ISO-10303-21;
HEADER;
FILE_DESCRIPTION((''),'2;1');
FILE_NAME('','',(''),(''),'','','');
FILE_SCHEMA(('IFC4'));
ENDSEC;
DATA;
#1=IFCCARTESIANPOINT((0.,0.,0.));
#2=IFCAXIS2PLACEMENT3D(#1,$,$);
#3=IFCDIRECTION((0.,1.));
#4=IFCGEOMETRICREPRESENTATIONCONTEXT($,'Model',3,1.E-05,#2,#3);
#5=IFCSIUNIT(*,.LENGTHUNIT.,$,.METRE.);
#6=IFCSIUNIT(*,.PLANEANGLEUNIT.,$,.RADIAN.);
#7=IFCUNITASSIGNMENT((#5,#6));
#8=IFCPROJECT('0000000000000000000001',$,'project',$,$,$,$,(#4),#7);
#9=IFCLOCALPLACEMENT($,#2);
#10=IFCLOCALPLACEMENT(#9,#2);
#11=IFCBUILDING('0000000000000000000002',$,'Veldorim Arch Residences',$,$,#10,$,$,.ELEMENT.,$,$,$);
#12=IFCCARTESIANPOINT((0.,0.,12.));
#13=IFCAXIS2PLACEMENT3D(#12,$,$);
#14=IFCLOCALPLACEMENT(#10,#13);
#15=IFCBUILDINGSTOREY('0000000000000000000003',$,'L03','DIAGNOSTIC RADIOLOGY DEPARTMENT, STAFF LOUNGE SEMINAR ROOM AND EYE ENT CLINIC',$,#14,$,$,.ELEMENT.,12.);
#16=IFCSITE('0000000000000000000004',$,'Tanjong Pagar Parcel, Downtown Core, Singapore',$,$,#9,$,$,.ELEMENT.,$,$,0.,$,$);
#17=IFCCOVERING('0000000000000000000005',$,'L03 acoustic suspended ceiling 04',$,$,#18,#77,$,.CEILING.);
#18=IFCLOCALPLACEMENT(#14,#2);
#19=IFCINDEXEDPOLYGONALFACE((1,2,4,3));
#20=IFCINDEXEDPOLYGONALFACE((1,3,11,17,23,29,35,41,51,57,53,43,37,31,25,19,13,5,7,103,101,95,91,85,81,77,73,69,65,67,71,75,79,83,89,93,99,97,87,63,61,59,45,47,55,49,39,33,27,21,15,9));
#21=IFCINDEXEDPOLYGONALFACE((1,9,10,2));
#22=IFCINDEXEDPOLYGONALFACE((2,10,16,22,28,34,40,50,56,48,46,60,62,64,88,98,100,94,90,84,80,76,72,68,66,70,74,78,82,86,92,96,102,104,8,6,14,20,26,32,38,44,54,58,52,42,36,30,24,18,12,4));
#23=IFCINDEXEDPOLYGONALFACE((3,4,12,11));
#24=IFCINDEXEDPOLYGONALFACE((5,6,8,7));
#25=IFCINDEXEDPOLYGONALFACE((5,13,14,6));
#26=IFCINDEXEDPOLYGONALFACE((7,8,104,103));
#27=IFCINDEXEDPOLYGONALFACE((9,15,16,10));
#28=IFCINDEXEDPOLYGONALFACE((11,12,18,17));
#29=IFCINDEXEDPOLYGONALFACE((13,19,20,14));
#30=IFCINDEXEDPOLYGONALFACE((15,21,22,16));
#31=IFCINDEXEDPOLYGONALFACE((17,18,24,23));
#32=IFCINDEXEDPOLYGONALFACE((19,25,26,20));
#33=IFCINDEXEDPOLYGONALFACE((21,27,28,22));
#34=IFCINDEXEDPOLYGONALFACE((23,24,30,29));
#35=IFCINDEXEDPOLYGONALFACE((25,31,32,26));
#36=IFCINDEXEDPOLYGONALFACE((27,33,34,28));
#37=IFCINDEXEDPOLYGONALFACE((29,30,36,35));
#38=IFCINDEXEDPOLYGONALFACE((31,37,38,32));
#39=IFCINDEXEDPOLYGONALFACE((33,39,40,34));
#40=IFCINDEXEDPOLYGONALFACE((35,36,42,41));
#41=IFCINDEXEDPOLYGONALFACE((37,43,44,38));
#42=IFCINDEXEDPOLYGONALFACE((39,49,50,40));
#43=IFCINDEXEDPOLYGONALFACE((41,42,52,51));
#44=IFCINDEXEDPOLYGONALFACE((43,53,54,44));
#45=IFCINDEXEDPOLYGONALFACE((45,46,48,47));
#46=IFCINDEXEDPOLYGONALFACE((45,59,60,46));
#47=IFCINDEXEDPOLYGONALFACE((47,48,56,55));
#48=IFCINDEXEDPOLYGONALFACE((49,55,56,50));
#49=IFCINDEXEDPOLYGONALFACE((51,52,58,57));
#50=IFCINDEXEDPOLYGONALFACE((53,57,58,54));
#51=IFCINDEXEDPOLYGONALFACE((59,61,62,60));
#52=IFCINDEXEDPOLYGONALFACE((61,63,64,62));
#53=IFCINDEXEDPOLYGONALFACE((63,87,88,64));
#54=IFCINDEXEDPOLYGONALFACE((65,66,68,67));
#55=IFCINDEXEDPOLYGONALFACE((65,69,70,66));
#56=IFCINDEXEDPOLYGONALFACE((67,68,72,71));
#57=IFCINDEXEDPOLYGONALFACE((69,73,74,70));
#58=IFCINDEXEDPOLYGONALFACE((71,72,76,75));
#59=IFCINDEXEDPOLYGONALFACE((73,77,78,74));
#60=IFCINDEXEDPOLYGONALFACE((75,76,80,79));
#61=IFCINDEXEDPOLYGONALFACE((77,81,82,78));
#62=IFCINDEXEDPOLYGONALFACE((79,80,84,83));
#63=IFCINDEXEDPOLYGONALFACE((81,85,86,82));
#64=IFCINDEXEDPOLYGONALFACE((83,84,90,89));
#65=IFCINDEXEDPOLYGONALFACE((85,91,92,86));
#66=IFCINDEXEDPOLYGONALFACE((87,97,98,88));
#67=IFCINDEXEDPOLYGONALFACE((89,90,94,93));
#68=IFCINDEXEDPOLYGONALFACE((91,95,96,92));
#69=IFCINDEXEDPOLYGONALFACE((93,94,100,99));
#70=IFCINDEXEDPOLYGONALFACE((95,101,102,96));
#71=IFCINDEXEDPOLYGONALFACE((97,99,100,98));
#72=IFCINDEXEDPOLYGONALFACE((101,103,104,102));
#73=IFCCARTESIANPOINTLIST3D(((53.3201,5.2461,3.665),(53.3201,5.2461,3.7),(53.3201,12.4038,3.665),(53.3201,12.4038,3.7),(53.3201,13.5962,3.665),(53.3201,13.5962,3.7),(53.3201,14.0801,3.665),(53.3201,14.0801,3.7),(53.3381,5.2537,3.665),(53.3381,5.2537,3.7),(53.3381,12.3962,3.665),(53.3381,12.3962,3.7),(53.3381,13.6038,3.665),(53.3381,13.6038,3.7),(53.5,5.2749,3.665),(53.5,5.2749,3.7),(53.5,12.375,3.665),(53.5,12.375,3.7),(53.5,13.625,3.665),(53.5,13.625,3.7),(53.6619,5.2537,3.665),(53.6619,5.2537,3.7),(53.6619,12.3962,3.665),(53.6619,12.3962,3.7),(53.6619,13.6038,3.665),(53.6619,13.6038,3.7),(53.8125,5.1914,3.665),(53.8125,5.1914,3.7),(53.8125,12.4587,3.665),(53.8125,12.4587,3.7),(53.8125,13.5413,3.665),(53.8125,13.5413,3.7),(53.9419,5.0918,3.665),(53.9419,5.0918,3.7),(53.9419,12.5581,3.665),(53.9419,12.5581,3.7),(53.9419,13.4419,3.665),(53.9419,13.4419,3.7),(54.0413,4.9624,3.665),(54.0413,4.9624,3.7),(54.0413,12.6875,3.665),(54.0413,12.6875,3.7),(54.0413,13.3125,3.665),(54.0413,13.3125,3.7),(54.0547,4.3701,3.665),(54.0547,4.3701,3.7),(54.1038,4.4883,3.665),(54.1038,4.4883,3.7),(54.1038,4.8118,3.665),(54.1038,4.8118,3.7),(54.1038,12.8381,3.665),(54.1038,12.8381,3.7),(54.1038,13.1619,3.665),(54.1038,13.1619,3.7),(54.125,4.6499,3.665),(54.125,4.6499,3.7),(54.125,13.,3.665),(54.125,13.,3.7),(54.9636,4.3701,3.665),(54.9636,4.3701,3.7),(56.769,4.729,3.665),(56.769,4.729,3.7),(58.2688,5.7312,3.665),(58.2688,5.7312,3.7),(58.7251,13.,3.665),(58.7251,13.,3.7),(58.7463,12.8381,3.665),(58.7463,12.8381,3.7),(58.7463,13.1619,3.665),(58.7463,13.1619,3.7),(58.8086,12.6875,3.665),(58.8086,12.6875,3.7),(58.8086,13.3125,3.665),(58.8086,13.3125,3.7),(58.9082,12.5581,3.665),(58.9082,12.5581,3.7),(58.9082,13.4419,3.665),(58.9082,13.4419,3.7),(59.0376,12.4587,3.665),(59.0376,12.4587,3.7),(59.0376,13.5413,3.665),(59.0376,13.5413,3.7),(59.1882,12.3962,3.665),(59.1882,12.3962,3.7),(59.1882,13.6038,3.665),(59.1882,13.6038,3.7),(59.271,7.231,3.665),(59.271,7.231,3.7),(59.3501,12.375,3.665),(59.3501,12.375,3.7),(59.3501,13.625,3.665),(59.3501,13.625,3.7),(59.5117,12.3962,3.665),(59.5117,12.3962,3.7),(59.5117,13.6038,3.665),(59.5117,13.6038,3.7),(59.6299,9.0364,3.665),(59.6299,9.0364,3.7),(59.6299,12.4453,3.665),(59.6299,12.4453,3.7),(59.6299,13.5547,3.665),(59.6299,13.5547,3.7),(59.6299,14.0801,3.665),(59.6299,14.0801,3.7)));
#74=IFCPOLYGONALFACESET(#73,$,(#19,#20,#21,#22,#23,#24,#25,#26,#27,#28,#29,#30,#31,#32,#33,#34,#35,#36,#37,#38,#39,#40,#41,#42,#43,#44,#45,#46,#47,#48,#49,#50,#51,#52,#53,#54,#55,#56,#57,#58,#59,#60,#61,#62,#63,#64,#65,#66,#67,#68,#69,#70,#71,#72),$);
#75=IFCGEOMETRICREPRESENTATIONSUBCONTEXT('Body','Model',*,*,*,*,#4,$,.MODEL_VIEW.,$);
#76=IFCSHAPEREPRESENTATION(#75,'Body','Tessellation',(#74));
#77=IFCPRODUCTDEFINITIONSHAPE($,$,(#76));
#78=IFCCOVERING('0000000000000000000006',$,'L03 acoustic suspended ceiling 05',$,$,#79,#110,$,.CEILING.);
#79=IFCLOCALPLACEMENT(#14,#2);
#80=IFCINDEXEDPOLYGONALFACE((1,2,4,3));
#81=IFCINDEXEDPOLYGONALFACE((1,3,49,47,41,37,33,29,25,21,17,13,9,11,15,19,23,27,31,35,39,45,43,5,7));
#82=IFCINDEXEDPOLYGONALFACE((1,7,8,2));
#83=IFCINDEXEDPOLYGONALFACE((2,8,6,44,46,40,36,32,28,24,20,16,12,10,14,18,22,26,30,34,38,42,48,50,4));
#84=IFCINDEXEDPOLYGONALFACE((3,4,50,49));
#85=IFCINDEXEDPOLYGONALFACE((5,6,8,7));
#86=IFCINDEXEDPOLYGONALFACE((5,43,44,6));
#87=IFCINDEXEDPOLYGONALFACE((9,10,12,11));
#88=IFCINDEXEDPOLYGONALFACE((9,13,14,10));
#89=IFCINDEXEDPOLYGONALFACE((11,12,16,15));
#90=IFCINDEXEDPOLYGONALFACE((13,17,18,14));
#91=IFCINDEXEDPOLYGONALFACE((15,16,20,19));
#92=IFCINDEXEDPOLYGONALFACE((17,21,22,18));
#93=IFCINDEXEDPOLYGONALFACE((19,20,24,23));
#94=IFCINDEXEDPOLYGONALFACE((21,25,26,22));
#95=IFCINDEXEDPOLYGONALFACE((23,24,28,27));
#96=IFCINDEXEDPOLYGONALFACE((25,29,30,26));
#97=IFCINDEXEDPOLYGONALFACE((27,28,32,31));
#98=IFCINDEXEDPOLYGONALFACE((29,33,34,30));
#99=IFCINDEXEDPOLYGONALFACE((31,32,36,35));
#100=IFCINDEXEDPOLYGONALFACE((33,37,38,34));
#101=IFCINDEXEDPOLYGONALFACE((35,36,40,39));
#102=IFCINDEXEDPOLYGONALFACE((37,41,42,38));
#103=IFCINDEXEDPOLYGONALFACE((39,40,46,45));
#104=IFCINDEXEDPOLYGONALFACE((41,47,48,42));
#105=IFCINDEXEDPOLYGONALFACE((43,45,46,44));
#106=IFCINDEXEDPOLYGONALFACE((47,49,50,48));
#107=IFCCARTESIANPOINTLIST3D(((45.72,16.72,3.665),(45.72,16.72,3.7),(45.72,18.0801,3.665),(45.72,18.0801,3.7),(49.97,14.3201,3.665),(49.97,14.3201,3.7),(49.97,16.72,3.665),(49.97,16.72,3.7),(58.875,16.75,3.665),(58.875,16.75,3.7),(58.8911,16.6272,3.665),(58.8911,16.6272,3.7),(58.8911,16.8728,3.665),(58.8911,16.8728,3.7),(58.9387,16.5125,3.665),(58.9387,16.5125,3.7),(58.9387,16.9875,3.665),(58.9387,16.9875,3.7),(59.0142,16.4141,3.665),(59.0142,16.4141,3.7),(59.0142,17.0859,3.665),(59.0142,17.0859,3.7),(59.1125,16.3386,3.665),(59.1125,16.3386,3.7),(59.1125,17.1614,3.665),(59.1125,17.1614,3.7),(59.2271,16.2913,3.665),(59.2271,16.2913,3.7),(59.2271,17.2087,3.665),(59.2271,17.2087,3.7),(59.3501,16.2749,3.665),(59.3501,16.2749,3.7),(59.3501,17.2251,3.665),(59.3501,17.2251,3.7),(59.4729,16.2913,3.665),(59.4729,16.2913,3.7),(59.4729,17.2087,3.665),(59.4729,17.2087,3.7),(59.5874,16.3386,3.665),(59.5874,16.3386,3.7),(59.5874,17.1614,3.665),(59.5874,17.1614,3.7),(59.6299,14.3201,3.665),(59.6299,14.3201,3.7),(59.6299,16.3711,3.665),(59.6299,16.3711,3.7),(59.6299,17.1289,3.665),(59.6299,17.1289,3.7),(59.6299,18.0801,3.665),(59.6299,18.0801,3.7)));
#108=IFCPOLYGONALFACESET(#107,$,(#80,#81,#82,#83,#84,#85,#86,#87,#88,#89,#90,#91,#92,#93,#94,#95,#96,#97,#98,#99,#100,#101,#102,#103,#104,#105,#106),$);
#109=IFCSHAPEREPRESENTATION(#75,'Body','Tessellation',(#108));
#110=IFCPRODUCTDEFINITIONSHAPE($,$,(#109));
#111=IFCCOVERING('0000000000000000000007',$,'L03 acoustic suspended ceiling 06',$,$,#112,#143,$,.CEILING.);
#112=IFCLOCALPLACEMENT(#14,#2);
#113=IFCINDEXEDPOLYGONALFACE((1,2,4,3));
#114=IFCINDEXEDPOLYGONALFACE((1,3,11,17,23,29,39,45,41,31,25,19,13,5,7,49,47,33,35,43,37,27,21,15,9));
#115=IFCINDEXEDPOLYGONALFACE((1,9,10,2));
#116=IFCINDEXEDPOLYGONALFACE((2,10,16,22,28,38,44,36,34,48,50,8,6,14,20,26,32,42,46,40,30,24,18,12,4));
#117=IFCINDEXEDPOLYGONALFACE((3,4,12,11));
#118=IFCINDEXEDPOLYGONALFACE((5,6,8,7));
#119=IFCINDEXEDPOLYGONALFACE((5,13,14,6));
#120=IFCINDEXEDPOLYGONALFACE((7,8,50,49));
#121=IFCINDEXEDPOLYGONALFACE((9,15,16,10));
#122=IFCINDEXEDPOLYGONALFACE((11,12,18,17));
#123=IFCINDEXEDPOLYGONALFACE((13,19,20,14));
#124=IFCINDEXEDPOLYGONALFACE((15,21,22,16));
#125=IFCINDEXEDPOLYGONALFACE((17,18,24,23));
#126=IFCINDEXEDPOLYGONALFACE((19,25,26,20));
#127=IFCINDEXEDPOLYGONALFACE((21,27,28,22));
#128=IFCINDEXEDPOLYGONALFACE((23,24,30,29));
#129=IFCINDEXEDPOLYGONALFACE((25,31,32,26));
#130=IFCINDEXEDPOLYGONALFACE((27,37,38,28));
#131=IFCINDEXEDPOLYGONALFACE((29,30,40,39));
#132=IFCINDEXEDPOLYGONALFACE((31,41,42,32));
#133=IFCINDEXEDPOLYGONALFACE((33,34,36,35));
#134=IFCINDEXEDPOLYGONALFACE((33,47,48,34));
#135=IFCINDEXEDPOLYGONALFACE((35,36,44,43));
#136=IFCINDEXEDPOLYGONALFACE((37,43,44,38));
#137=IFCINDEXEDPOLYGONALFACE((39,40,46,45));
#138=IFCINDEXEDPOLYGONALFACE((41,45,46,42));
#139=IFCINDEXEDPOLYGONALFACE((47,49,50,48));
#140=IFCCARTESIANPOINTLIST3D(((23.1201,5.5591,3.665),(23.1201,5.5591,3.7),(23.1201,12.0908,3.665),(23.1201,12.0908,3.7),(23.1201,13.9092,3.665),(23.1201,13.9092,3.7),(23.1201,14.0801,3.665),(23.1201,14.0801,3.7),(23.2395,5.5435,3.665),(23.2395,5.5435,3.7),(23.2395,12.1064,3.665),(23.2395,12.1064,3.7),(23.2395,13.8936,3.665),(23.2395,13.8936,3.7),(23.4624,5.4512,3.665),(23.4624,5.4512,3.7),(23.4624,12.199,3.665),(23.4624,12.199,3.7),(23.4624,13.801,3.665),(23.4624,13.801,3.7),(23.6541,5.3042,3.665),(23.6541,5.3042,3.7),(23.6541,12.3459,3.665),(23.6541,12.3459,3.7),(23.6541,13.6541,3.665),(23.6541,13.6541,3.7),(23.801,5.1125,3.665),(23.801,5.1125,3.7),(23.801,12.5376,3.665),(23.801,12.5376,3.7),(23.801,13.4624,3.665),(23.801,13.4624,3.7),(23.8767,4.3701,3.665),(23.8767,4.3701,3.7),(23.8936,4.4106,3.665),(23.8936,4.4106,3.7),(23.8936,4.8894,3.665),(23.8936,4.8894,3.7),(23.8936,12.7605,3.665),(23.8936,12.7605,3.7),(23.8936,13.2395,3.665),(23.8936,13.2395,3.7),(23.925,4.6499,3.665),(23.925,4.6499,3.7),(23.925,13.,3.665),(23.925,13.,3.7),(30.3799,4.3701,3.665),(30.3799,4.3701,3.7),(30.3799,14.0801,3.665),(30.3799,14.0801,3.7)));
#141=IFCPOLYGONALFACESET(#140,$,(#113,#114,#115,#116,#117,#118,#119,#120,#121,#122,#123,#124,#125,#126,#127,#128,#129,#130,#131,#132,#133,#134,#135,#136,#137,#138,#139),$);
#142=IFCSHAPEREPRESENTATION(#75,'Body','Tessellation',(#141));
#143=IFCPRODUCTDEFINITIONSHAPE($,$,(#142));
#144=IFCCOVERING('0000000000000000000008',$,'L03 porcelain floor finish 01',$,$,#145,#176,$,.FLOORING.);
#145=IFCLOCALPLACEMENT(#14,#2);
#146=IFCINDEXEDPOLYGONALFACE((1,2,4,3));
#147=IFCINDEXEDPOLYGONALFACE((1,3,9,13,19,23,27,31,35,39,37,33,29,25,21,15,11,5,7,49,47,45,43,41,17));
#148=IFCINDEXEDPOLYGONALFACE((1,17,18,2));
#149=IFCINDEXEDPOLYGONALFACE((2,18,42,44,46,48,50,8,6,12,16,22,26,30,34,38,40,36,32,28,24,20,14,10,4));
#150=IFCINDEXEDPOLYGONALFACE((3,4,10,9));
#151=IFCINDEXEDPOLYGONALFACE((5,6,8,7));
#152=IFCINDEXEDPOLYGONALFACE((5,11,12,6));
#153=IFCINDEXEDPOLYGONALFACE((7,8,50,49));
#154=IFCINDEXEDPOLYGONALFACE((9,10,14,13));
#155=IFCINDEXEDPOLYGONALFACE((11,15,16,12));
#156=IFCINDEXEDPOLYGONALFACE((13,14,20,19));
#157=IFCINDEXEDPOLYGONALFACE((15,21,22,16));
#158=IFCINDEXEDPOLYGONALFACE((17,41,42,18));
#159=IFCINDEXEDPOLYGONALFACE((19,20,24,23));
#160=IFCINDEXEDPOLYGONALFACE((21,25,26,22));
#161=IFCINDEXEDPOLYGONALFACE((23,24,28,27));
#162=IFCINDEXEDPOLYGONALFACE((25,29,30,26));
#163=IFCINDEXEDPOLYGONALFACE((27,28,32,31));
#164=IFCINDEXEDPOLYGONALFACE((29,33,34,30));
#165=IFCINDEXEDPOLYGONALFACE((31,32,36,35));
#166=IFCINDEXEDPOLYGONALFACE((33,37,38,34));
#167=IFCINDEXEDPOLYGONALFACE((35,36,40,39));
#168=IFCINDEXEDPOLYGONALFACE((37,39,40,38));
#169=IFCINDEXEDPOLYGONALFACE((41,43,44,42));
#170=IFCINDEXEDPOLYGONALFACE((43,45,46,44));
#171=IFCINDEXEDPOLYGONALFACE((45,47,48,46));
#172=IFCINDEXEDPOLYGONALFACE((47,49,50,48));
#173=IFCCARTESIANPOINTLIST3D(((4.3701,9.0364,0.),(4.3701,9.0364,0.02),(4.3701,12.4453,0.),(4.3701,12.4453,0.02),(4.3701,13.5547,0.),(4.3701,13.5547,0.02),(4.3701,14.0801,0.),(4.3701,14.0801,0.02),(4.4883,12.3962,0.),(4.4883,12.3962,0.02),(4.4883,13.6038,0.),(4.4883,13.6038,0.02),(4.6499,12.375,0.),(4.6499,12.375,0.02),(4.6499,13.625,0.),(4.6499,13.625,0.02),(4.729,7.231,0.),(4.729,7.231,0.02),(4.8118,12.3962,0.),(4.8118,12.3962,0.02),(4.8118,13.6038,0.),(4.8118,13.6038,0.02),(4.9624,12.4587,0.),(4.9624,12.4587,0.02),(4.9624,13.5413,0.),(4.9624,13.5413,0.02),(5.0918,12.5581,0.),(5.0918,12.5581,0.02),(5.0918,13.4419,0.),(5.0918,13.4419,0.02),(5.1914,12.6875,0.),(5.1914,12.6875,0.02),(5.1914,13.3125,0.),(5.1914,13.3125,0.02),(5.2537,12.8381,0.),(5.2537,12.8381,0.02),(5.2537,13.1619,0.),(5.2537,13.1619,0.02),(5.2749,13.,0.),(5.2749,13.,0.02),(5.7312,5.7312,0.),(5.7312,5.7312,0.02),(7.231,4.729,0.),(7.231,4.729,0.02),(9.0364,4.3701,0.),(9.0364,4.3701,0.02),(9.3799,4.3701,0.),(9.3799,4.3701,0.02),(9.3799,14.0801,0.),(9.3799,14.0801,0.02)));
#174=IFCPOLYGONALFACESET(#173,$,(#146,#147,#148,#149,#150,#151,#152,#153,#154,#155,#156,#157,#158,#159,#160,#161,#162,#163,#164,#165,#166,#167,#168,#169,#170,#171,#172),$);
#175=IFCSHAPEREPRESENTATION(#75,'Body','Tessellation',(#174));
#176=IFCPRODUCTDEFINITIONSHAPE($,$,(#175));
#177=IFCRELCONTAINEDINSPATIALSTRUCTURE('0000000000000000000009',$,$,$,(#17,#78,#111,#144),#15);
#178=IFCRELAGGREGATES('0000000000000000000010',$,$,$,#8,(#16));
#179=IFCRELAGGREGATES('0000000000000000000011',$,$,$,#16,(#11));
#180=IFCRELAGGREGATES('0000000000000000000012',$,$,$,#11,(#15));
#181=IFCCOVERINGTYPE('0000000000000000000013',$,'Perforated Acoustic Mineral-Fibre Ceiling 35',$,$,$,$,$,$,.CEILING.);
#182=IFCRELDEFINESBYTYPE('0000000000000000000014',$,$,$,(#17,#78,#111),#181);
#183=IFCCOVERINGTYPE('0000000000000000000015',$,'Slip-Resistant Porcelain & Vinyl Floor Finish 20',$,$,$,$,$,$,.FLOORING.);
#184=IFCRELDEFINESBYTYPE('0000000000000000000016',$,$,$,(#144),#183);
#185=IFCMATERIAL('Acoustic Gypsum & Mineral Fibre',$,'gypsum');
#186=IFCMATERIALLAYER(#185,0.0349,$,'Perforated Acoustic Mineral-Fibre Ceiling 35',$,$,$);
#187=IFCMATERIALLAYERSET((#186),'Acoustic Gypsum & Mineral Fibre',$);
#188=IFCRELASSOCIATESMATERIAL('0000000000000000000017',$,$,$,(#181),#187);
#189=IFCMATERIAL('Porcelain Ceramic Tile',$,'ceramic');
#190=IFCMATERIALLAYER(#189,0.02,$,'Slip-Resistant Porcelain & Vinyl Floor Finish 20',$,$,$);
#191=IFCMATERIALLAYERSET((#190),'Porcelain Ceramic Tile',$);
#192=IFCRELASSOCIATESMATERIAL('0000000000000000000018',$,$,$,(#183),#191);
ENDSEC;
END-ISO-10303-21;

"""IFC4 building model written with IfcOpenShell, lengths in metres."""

from ifc_helpers import new_model, si_unit, direction, frame, origin, place, context, subcontext, project, spatial, polyline, outline, extrude, material, layer, layer_set, type_object, element, save


model = new_model("IFC4")

# Units and contexts
model_context = context("Model", 3, precision=1e-05, world=origin(), true_north=direction((0.0, 1.0)))
body_context = subcontext(model_context, "Body", "Model", "MODEL_VIEW")
ifc_project = project(units=[si_unit("LENGTHUNIT", "METRE"), si_unit("PLANEANGLEUNIT", "RADIAN")], contexts=[model_context])

# Site, building, storey
site_placement = place(None, origin())
site = spatial("IfcSite", under=ifc_project, at=site_placement, Name="Tanjong Pagar Parcel, Downtown Core, Singapore", CompositionType="ELEMENT", RefElevation=0.0)
building_placement = place(site_placement, origin())
building = spatial("IfcBuilding", under=site, at=building_placement, Name="Veldorim Arch Residences", CompositionType="ELEMENT")
storey_placement = place(building_placement, frame((0.0, 0.0, 12.0)))
storey = spatial("IfcBuildingStorey", under=building, at=storey_placement, Name="L03", Description="DIAGNOSTIC RADIOLOGY DEPARTMENT, STAFF LOUNGE SEMINAR ROOM AND EYE ENT CLINIC", CompositionType="ELEMENT", Elevation=12.0)

# Coverings
ifc_material_1 = material(Name="Acoustic Gypsum & Mineral Fibre", Category="gypsum")
ifc_layer_1 = layer(ifc_material_1, 0.0349, Name="Perforated Acoustic Mineral-Fibre Ceiling 35")
ifc_layer_set_1 = layer_set([ifc_layer_1], Name="Acoustic Gypsum & Mineral Fibre")
covering_type_1 = type_object("IfcCoveringType", Name="Perforated Acoustic Mineral-Fibre Ceiling 35", PredefinedType="CEILING", material=ifc_layer_set_1)
covering_1_placement = place(storey_placement, frame((0.0, 0.0, 3.665)))
element("IfcCovering", 1, at=covering_1_placement, inside=storey, type_object=covering_type_1, Name="L03 acoustic suspended ceiling 04", PredefinedType="CEILING", context=body_context, shape_type="SweptSolid", body=[
    extrude(outline(polyline([(58.2688, 5.7312), (56.769, 4.729), (54.9636, 4.3701), (54.0547, 4.3701), (54.1038, 4.4883), (54.125, 4.6499), (54.1038, 4.8118), (54.0413, 4.9624), (53.9419, 5.0918), (53.8125, 5.1914), (53.6619, 5.2537), (53.5, 5.2749), (53.3381, 5.2537), (53.3201, 5.2461), (53.3201, 12.4038), (53.3381, 12.3962), (53.5, 12.375), (53.6619, 12.3962), (53.8125, 12.4587), (53.9419, 12.5581), (54.0413, 12.6875), (54.1038, 12.8381), (54.125, 13.0), (54.1038, 13.1619), (54.0413, 13.3125), (53.9419, 13.4419), (53.8125, 13.5413), (53.6619, 13.6038), (53.5, 13.625), (53.3381, 13.6038), (53.3201, 13.5962), (53.3201, 14.0801), (59.6299, 14.0801), (59.6299, 13.5547), (59.5117, 13.6038), (59.3501, 13.625), (59.1882, 13.6038), (59.0376, 13.5413), (58.9082, 13.4419), (58.8086, 13.3125), (58.7463, 13.1619), (58.7251, 13.0), (58.7463, 12.8381), (58.8086, 12.6875), (58.9082, 12.5581), (59.0376, 12.4587), (59.1882, 12.3962), (59.3501, 12.375), (59.5117, 12.3962), (59.6299, 12.4453), (59.6299, 9.0364), (59.271, 7.231), (58.2688, 5.7312)])), origin(), (0.0, 0.0, 1.0), 0.0349),
])
covering_2_placement = place(storey_placement, frame((0.0, 0.0, 3.665)))
element("IfcCovering", 2, at=covering_2_placement, inside=storey, type_object=covering_type_1, Name="L03 acoustic suspended ceiling 05", PredefinedType="CEILING", context=body_context, shape_type="SweptSolid", body=[
    extrude(outline(polyline([(49.97, 16.72), (45.72, 16.72), (45.72, 18.0801), (59.6299, 18.0801), (59.6299, 17.1289), (59.5874, 17.1614), (59.4729, 17.2087), (59.3501, 17.2251), (59.2271, 17.2087), (59.1125, 17.1614), (59.0142, 17.0859), (58.9387, 16.9875), (58.8911, 16.8728), (58.875, 16.75), (58.8911, 16.6272), (58.9387, 16.5125), (59.0142, 16.4141), (59.1125, 16.3386), (59.2271, 16.2913), (59.3501, 16.2749), (59.4729, 16.2913), (59.5874, 16.3386), (59.6299, 16.3711), (59.6299, 14.3201), (49.97, 14.3201), (49.97, 16.72)])), origin(), (0.0, 0.0, 1.0), 0.0349),
])
covering_3_placement = place(storey_placement, frame((0.0, 0.0, 3.665)))
element("IfcCovering", 3, at=covering_3_placement, inside=storey, type_object=covering_type_1, Name="L03 acoustic suspended ceiling 06", PredefinedType="CEILING", context=body_context, shape_type="SweptSolid", body=[
    extrude(outline(polyline([(30.3799, 14.0801), (30.3799, 4.3701), (23.8767, 4.3701), (23.8936, 4.4106), (23.925, 4.6499), (23.8936, 4.8894), (23.801, 5.1125), (23.6541, 5.3042), (23.4624, 5.4512), (23.2395, 5.5435), (23.1201, 5.5591), (23.1201, 12.0908), (23.2395, 12.1064), (23.4624, 12.199), (23.6541, 12.3459), (23.801, 12.5376), (23.8936, 12.7605), (23.925, 13.0), (23.8936, 13.2395), (23.801, 13.4624), (23.6541, 13.6541), (23.4624, 13.801), (23.2395, 13.8936), (23.1201, 13.9092), (23.1201, 14.0801), (30.3799, 14.0801)])), origin(), (0.0, 0.0, 1.0), 0.0349),
])
ifc_material_2 = material(Name="Porcelain Ceramic Tile", Category="ceramic")
ifc_layer_2 = layer(ifc_material_2, 0.02, Name="Slip-Resistant Porcelain & Vinyl Floor Finish 20")
ifc_layer_set_2 = layer_set([ifc_layer_2], Name="Porcelain Ceramic Tile")
covering_type_2 = type_object("IfcCoveringType", Name="Slip-Resistant Porcelain & Vinyl Floor Finish 20", PredefinedType="FLOORING", material=ifc_layer_set_2)
covering_4_placement = place(storey_placement, origin())
element("IfcCovering", 4, at=covering_4_placement, inside=storey, type_object=covering_type_2, Name="L03 porcelain floor finish 01", PredefinedType="FLOORING", context=body_context, shape_type="SweptSolid", body=[
    extrude(outline(polyline([(4.3701, 9.0364), (4.3701, 12.4453), (4.4883, 12.3962), (4.6499, 12.375), (4.8118, 12.3962), (4.9624, 12.4587), (5.0918, 12.5581), (5.1914, 12.6875), (5.2537, 12.8381), (5.2749, 13.0), (5.2537, 13.1619), (5.1914, 13.3125), (5.0918, 13.4419), (4.9624, 13.5413), (4.8118, 13.6038), (4.6499, 13.625), (4.4883, 13.6038), (4.3701, 13.5547), (4.3701, 14.0801), (9.3799, 14.0801), (9.3799, 4.3701), (9.0364, 4.3701), (7.231, 4.729), (5.7312, 5.7312), (4.729, 7.231), (4.3701, 9.0364)])), origin(), (0.0, 0.0, 1.0), 0.02),
])

save(model, "model.ifc")
